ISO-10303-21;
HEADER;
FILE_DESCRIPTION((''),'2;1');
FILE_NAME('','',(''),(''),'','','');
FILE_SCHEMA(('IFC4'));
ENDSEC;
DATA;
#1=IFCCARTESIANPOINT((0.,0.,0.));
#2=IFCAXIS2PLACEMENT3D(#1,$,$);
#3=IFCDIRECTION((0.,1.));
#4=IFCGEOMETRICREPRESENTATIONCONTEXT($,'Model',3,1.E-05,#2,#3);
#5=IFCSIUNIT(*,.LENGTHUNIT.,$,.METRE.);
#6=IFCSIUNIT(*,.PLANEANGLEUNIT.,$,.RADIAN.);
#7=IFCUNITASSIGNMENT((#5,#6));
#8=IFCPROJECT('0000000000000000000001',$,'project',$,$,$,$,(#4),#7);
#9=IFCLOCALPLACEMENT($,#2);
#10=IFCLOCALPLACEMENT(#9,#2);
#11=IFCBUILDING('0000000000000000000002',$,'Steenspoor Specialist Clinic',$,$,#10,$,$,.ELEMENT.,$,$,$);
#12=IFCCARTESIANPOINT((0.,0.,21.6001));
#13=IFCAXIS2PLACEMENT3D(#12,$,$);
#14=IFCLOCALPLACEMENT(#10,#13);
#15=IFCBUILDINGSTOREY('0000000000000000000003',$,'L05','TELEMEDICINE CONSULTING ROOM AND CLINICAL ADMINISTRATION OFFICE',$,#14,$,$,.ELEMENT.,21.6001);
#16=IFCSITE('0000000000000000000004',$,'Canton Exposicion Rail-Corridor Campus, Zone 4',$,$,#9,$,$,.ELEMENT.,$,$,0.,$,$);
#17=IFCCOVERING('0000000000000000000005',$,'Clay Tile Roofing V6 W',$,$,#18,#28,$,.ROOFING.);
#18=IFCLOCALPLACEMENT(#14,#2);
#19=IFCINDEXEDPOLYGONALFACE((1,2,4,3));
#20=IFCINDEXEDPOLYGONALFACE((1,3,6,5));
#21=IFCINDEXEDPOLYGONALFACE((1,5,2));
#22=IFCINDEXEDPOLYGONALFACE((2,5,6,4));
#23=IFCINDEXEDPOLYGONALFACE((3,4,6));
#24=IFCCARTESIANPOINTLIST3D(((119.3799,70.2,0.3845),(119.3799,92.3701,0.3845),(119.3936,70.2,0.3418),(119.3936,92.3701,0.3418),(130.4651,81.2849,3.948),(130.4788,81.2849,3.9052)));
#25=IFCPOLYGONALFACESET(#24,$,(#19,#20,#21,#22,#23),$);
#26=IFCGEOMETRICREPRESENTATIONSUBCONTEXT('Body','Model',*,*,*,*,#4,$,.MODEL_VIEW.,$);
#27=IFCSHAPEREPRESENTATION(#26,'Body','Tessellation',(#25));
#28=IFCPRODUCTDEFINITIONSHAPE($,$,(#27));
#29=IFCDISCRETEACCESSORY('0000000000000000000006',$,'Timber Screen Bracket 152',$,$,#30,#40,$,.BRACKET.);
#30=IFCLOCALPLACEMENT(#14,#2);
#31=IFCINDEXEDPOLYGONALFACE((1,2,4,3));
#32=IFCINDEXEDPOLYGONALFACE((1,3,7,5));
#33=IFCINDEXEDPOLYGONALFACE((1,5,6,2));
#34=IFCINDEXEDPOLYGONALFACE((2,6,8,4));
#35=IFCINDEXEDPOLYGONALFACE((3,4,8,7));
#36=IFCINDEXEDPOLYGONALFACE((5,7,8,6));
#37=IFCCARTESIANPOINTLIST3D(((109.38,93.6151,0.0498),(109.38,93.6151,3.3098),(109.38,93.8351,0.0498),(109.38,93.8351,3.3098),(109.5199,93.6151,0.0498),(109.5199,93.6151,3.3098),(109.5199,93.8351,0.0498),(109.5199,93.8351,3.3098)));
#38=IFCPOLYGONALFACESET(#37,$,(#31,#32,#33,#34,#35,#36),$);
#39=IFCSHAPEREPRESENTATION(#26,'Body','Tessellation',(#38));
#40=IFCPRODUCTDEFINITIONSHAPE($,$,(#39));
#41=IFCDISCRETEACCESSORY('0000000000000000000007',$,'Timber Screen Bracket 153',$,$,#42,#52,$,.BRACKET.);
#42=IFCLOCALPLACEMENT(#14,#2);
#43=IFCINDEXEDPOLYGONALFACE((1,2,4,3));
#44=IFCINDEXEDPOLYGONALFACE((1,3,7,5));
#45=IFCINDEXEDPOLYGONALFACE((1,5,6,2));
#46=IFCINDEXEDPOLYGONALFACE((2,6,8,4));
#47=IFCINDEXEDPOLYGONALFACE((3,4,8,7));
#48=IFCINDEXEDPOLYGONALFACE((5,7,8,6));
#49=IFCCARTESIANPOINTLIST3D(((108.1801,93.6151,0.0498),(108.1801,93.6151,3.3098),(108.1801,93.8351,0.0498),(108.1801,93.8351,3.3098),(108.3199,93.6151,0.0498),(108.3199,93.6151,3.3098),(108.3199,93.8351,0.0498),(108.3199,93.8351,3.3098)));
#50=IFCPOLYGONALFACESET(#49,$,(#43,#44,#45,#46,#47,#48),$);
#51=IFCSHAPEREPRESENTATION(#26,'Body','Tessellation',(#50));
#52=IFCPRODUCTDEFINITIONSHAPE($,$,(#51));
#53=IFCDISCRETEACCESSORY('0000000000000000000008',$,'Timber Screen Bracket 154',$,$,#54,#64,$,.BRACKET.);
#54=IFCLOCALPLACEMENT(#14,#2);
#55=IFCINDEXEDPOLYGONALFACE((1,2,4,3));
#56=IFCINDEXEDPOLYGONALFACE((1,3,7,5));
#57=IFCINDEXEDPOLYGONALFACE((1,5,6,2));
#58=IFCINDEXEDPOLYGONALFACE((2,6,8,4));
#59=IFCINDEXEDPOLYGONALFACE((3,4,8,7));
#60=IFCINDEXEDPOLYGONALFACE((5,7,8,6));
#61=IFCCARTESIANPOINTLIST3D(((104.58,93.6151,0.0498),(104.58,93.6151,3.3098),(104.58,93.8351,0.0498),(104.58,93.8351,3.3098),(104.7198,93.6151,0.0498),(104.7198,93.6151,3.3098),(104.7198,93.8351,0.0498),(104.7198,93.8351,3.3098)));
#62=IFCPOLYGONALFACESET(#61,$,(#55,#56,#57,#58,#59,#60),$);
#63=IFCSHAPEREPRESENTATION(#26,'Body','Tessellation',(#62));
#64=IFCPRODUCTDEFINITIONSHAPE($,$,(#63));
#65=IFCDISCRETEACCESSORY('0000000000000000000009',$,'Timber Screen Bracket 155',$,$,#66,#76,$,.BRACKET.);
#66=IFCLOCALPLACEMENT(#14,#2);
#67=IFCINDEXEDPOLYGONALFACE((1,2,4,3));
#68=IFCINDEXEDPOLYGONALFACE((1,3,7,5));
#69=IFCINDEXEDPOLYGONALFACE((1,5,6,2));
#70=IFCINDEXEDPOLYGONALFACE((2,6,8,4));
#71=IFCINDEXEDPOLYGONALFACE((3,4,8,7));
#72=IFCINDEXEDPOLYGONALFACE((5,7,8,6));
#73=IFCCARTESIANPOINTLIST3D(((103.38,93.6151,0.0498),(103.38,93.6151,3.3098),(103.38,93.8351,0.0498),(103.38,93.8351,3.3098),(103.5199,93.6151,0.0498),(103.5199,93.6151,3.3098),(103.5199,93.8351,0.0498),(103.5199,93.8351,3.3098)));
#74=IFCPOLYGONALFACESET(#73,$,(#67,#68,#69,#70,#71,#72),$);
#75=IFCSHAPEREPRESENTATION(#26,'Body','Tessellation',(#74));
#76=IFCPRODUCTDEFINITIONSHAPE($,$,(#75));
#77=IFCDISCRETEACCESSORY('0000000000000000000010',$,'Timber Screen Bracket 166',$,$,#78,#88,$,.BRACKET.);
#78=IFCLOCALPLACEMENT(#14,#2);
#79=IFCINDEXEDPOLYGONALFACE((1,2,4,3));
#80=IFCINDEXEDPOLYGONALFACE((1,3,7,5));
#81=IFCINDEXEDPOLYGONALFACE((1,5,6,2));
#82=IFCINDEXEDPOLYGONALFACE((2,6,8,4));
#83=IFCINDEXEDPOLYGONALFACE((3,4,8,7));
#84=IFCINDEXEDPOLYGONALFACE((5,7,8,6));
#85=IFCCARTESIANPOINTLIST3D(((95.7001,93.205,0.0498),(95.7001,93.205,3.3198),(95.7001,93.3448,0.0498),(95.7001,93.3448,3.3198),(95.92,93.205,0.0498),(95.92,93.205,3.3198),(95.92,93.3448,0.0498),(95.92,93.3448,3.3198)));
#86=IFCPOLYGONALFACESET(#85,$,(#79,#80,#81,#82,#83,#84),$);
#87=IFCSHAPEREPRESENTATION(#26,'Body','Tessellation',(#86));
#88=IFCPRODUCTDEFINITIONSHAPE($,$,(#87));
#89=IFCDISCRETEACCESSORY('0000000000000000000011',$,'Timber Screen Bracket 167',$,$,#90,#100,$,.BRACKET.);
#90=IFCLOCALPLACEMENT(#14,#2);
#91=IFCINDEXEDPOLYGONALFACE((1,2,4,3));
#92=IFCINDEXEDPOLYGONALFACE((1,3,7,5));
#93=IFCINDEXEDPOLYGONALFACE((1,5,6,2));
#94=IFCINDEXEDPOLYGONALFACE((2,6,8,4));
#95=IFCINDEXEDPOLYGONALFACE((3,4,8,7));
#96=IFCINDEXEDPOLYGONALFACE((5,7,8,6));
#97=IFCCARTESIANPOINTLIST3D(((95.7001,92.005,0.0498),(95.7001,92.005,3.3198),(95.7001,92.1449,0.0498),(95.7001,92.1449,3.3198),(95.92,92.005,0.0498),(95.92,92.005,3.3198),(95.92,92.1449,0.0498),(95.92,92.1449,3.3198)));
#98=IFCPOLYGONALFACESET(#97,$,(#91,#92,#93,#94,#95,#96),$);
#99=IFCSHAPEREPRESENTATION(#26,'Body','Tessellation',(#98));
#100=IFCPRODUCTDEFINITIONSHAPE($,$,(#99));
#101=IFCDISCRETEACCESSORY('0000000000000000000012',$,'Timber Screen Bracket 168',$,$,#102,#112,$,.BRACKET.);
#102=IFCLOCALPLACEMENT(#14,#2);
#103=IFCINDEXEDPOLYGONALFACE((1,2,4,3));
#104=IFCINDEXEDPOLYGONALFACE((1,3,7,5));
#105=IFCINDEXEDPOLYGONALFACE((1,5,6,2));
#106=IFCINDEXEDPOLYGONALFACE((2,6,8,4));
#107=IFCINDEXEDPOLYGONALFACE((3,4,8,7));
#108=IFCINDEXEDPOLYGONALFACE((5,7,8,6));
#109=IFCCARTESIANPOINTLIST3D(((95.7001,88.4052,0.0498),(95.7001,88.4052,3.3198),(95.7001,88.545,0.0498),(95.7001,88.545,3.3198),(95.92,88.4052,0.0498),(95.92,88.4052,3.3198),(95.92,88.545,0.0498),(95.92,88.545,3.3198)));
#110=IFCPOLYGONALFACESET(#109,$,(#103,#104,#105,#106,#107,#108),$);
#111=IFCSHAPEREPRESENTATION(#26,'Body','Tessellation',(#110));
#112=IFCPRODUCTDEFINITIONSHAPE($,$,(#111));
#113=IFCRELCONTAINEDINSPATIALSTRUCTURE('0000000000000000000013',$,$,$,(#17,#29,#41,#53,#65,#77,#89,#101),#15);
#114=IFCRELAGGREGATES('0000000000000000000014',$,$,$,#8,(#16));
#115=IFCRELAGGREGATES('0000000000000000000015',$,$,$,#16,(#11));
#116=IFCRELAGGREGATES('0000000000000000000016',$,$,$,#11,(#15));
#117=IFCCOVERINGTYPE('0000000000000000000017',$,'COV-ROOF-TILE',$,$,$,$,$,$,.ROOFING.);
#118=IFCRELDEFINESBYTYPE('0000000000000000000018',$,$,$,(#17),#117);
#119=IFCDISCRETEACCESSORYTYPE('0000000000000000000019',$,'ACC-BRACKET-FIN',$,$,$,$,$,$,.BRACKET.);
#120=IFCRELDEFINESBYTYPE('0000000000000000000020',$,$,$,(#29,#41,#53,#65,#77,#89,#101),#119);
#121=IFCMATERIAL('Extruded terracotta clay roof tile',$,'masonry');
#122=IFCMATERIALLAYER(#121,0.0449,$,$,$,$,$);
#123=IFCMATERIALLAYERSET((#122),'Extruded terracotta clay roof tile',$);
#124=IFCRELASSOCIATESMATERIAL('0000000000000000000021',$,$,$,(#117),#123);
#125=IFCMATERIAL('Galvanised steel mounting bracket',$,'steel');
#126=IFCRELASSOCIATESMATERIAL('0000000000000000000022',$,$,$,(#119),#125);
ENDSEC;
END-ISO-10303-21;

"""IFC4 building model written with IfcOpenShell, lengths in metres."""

from ifc_helpers import new_model, si_unit, direction, frame, origin, origin_2d, place, context, subcontext, project, spatial, polyline, rectangle, outline, extrude, material, layer, layer_set, type_object, element, save


model = new_model("IFC4")

# Units and contexts
model_context = context("Model", 3, precision=1e-05, world=origin(), true_north=direction((0.0, 1.0)))
body_context = subcontext(model_context, "Body", "Model", "MODEL_VIEW")
ifc_project = project(units=[si_unit("LENGTHUNIT", "METRE"), si_unit("PLANEANGLEUNIT", "RADIAN")], contexts=[model_context])

# Site, building, storey
site_placement = place(None, origin())
site = spatial("IfcSite", under=ifc_project, at=site_placement, Name="Canton Exposicion Rail-Corridor Campus, Zone 4", CompositionType="ELEMENT", RefElevation=0.0)
building_placement = place(site_placement, origin())
building = spatial("IfcBuilding", under=site, at=building_placement, Name="Steenspoor Specialist Clinic", CompositionType="ELEMENT")
storey_placement = place(building_placement, frame((0.0, 0.0, 21.6001)))
storey = spatial("IfcBuildingStorey", under=building, at=storey_placement, Name="L05", Description="TELEMEDICINE CONSULTING ROOM AND CLINICAL ADMINISTRATION OFFICE", CompositionType="ELEMENT", Elevation=21.6001)

# Shared definitions
ifc_material_1 = material(Name="Extruded terracotta clay roof tile", Category="masonry")

# Covering
ifc_layer_1 = layer(ifc_material_1, 0.0449)
ifc_layer_set_1 = layer_set([ifc_layer_1], Name="Extruded terracotta clay roof tile")
covering_type_1 = type_object("IfcCoveringType", Name="COV-ROOF-TILE", PredefinedType="ROOFING", material=ifc_layer_set_1)
covering_1_placement = place(storey_placement, frame((119.3799, 92.3701, 0.3845), z_axis=(-0.306038, 0.0, 0.952019), x_axis=(0.0, -1.0, 0.0)))
element("IfcCovering", 1, at=covering_1_placement, inside=storey, type_object=covering_type_1, Name="Clay Tile Roofing V6 W", PredefinedType="ROOFING", context=body_context, shape_type="SweptSolid", body=[
    extrude(outline(polyline([(0.0, 0.0), (22.1702, 0.0), (11.0852, 11.6439), (0.0, 0.0)])), origin(), (0.0, 0.0, -1.0), 0.0449),
])

# Discrete accessories
ifc_material_2 = material(Name="Galvanised steel mounting bracket", Category="steel")
discrete_accessory_type = type_object("IfcDiscreteAccessoryType", Name="ACC-BRACKET-FIN", PredefinedType="BRACKET", material=ifc_material_2)
for number, where, z_axis, x_axis, name in (
    (2, (109.45, 93.7251, 0.0498), (0.0, 0.0, 1.0), (0.0, -1.0, 0.0), "Timber Screen Bracket 152"),
    (3, (108.25, 93.7251, 0.0498), (0.0, 0.0, 1.0), (0.0, -1.0, 0.0), "Timber Screen Bracket 153"),
    (4, (104.6499, 93.7251, 0.0498), (0.0, 0.0, 1.0), (0.0, -1.0, 0.0), "Timber Screen Bracket 154"),
    (5, (103.45, 93.7251, 0.0498), (0.0, 0.0, 1.0), (0.0, -1.0, 0.0), "Timber Screen Bracket 155"),
):
    element("IfcDiscreteAccessory", number, at=place(storey_placement, frame(where, z_axis=z_axis, x_axis=x_axis)), inside=storey, type_object=discrete_accessory_type, Name=name, PredefinedType="BRACKET", context=body_context, shape_type="SweptSolid", body=[
        extrude(rectangle(XDim=0.22, YDim=0.1399, at=origin_2d()), origin(), (0.0, 0.0, 1.0), 3.26),
    ])
for number, where, z_axis, x_axis, name in (
    (6, (95.8101, 93.2749, 0.0498), (0.0, 0.0, 1.0), (1.0, 0.0, 0.0), "Timber Screen Bracket 166"),
    (7, (95.8101, 92.075, 0.0498), (0.0, 0.0, 1.0), (1.0, 0.0, 0.0), "Timber Screen Bracket 167"),
    (8, (95.8101, 88.4751, 0.0498), (0.0, 0.0, 1.0), (1.0, 0.0, 0.0), "Timber Screen Bracket 168"),
):
    element("IfcDiscreteAccessory", number, at=place(storey_placement, frame(where, z_axis=z_axis, x_axis=x_axis)), inside=storey, type_object=discrete_accessory_type, Name=name, PredefinedType="BRACKET", context=body_context, shape_type="SweptSolid", body=[
        extrude(rectangle(XDim=0.22, YDim=0.1399, at=origin_2d()), origin(), (0.0, 0.0, 1.0), 3.27),
    ])

save(model, "model.ifc")
